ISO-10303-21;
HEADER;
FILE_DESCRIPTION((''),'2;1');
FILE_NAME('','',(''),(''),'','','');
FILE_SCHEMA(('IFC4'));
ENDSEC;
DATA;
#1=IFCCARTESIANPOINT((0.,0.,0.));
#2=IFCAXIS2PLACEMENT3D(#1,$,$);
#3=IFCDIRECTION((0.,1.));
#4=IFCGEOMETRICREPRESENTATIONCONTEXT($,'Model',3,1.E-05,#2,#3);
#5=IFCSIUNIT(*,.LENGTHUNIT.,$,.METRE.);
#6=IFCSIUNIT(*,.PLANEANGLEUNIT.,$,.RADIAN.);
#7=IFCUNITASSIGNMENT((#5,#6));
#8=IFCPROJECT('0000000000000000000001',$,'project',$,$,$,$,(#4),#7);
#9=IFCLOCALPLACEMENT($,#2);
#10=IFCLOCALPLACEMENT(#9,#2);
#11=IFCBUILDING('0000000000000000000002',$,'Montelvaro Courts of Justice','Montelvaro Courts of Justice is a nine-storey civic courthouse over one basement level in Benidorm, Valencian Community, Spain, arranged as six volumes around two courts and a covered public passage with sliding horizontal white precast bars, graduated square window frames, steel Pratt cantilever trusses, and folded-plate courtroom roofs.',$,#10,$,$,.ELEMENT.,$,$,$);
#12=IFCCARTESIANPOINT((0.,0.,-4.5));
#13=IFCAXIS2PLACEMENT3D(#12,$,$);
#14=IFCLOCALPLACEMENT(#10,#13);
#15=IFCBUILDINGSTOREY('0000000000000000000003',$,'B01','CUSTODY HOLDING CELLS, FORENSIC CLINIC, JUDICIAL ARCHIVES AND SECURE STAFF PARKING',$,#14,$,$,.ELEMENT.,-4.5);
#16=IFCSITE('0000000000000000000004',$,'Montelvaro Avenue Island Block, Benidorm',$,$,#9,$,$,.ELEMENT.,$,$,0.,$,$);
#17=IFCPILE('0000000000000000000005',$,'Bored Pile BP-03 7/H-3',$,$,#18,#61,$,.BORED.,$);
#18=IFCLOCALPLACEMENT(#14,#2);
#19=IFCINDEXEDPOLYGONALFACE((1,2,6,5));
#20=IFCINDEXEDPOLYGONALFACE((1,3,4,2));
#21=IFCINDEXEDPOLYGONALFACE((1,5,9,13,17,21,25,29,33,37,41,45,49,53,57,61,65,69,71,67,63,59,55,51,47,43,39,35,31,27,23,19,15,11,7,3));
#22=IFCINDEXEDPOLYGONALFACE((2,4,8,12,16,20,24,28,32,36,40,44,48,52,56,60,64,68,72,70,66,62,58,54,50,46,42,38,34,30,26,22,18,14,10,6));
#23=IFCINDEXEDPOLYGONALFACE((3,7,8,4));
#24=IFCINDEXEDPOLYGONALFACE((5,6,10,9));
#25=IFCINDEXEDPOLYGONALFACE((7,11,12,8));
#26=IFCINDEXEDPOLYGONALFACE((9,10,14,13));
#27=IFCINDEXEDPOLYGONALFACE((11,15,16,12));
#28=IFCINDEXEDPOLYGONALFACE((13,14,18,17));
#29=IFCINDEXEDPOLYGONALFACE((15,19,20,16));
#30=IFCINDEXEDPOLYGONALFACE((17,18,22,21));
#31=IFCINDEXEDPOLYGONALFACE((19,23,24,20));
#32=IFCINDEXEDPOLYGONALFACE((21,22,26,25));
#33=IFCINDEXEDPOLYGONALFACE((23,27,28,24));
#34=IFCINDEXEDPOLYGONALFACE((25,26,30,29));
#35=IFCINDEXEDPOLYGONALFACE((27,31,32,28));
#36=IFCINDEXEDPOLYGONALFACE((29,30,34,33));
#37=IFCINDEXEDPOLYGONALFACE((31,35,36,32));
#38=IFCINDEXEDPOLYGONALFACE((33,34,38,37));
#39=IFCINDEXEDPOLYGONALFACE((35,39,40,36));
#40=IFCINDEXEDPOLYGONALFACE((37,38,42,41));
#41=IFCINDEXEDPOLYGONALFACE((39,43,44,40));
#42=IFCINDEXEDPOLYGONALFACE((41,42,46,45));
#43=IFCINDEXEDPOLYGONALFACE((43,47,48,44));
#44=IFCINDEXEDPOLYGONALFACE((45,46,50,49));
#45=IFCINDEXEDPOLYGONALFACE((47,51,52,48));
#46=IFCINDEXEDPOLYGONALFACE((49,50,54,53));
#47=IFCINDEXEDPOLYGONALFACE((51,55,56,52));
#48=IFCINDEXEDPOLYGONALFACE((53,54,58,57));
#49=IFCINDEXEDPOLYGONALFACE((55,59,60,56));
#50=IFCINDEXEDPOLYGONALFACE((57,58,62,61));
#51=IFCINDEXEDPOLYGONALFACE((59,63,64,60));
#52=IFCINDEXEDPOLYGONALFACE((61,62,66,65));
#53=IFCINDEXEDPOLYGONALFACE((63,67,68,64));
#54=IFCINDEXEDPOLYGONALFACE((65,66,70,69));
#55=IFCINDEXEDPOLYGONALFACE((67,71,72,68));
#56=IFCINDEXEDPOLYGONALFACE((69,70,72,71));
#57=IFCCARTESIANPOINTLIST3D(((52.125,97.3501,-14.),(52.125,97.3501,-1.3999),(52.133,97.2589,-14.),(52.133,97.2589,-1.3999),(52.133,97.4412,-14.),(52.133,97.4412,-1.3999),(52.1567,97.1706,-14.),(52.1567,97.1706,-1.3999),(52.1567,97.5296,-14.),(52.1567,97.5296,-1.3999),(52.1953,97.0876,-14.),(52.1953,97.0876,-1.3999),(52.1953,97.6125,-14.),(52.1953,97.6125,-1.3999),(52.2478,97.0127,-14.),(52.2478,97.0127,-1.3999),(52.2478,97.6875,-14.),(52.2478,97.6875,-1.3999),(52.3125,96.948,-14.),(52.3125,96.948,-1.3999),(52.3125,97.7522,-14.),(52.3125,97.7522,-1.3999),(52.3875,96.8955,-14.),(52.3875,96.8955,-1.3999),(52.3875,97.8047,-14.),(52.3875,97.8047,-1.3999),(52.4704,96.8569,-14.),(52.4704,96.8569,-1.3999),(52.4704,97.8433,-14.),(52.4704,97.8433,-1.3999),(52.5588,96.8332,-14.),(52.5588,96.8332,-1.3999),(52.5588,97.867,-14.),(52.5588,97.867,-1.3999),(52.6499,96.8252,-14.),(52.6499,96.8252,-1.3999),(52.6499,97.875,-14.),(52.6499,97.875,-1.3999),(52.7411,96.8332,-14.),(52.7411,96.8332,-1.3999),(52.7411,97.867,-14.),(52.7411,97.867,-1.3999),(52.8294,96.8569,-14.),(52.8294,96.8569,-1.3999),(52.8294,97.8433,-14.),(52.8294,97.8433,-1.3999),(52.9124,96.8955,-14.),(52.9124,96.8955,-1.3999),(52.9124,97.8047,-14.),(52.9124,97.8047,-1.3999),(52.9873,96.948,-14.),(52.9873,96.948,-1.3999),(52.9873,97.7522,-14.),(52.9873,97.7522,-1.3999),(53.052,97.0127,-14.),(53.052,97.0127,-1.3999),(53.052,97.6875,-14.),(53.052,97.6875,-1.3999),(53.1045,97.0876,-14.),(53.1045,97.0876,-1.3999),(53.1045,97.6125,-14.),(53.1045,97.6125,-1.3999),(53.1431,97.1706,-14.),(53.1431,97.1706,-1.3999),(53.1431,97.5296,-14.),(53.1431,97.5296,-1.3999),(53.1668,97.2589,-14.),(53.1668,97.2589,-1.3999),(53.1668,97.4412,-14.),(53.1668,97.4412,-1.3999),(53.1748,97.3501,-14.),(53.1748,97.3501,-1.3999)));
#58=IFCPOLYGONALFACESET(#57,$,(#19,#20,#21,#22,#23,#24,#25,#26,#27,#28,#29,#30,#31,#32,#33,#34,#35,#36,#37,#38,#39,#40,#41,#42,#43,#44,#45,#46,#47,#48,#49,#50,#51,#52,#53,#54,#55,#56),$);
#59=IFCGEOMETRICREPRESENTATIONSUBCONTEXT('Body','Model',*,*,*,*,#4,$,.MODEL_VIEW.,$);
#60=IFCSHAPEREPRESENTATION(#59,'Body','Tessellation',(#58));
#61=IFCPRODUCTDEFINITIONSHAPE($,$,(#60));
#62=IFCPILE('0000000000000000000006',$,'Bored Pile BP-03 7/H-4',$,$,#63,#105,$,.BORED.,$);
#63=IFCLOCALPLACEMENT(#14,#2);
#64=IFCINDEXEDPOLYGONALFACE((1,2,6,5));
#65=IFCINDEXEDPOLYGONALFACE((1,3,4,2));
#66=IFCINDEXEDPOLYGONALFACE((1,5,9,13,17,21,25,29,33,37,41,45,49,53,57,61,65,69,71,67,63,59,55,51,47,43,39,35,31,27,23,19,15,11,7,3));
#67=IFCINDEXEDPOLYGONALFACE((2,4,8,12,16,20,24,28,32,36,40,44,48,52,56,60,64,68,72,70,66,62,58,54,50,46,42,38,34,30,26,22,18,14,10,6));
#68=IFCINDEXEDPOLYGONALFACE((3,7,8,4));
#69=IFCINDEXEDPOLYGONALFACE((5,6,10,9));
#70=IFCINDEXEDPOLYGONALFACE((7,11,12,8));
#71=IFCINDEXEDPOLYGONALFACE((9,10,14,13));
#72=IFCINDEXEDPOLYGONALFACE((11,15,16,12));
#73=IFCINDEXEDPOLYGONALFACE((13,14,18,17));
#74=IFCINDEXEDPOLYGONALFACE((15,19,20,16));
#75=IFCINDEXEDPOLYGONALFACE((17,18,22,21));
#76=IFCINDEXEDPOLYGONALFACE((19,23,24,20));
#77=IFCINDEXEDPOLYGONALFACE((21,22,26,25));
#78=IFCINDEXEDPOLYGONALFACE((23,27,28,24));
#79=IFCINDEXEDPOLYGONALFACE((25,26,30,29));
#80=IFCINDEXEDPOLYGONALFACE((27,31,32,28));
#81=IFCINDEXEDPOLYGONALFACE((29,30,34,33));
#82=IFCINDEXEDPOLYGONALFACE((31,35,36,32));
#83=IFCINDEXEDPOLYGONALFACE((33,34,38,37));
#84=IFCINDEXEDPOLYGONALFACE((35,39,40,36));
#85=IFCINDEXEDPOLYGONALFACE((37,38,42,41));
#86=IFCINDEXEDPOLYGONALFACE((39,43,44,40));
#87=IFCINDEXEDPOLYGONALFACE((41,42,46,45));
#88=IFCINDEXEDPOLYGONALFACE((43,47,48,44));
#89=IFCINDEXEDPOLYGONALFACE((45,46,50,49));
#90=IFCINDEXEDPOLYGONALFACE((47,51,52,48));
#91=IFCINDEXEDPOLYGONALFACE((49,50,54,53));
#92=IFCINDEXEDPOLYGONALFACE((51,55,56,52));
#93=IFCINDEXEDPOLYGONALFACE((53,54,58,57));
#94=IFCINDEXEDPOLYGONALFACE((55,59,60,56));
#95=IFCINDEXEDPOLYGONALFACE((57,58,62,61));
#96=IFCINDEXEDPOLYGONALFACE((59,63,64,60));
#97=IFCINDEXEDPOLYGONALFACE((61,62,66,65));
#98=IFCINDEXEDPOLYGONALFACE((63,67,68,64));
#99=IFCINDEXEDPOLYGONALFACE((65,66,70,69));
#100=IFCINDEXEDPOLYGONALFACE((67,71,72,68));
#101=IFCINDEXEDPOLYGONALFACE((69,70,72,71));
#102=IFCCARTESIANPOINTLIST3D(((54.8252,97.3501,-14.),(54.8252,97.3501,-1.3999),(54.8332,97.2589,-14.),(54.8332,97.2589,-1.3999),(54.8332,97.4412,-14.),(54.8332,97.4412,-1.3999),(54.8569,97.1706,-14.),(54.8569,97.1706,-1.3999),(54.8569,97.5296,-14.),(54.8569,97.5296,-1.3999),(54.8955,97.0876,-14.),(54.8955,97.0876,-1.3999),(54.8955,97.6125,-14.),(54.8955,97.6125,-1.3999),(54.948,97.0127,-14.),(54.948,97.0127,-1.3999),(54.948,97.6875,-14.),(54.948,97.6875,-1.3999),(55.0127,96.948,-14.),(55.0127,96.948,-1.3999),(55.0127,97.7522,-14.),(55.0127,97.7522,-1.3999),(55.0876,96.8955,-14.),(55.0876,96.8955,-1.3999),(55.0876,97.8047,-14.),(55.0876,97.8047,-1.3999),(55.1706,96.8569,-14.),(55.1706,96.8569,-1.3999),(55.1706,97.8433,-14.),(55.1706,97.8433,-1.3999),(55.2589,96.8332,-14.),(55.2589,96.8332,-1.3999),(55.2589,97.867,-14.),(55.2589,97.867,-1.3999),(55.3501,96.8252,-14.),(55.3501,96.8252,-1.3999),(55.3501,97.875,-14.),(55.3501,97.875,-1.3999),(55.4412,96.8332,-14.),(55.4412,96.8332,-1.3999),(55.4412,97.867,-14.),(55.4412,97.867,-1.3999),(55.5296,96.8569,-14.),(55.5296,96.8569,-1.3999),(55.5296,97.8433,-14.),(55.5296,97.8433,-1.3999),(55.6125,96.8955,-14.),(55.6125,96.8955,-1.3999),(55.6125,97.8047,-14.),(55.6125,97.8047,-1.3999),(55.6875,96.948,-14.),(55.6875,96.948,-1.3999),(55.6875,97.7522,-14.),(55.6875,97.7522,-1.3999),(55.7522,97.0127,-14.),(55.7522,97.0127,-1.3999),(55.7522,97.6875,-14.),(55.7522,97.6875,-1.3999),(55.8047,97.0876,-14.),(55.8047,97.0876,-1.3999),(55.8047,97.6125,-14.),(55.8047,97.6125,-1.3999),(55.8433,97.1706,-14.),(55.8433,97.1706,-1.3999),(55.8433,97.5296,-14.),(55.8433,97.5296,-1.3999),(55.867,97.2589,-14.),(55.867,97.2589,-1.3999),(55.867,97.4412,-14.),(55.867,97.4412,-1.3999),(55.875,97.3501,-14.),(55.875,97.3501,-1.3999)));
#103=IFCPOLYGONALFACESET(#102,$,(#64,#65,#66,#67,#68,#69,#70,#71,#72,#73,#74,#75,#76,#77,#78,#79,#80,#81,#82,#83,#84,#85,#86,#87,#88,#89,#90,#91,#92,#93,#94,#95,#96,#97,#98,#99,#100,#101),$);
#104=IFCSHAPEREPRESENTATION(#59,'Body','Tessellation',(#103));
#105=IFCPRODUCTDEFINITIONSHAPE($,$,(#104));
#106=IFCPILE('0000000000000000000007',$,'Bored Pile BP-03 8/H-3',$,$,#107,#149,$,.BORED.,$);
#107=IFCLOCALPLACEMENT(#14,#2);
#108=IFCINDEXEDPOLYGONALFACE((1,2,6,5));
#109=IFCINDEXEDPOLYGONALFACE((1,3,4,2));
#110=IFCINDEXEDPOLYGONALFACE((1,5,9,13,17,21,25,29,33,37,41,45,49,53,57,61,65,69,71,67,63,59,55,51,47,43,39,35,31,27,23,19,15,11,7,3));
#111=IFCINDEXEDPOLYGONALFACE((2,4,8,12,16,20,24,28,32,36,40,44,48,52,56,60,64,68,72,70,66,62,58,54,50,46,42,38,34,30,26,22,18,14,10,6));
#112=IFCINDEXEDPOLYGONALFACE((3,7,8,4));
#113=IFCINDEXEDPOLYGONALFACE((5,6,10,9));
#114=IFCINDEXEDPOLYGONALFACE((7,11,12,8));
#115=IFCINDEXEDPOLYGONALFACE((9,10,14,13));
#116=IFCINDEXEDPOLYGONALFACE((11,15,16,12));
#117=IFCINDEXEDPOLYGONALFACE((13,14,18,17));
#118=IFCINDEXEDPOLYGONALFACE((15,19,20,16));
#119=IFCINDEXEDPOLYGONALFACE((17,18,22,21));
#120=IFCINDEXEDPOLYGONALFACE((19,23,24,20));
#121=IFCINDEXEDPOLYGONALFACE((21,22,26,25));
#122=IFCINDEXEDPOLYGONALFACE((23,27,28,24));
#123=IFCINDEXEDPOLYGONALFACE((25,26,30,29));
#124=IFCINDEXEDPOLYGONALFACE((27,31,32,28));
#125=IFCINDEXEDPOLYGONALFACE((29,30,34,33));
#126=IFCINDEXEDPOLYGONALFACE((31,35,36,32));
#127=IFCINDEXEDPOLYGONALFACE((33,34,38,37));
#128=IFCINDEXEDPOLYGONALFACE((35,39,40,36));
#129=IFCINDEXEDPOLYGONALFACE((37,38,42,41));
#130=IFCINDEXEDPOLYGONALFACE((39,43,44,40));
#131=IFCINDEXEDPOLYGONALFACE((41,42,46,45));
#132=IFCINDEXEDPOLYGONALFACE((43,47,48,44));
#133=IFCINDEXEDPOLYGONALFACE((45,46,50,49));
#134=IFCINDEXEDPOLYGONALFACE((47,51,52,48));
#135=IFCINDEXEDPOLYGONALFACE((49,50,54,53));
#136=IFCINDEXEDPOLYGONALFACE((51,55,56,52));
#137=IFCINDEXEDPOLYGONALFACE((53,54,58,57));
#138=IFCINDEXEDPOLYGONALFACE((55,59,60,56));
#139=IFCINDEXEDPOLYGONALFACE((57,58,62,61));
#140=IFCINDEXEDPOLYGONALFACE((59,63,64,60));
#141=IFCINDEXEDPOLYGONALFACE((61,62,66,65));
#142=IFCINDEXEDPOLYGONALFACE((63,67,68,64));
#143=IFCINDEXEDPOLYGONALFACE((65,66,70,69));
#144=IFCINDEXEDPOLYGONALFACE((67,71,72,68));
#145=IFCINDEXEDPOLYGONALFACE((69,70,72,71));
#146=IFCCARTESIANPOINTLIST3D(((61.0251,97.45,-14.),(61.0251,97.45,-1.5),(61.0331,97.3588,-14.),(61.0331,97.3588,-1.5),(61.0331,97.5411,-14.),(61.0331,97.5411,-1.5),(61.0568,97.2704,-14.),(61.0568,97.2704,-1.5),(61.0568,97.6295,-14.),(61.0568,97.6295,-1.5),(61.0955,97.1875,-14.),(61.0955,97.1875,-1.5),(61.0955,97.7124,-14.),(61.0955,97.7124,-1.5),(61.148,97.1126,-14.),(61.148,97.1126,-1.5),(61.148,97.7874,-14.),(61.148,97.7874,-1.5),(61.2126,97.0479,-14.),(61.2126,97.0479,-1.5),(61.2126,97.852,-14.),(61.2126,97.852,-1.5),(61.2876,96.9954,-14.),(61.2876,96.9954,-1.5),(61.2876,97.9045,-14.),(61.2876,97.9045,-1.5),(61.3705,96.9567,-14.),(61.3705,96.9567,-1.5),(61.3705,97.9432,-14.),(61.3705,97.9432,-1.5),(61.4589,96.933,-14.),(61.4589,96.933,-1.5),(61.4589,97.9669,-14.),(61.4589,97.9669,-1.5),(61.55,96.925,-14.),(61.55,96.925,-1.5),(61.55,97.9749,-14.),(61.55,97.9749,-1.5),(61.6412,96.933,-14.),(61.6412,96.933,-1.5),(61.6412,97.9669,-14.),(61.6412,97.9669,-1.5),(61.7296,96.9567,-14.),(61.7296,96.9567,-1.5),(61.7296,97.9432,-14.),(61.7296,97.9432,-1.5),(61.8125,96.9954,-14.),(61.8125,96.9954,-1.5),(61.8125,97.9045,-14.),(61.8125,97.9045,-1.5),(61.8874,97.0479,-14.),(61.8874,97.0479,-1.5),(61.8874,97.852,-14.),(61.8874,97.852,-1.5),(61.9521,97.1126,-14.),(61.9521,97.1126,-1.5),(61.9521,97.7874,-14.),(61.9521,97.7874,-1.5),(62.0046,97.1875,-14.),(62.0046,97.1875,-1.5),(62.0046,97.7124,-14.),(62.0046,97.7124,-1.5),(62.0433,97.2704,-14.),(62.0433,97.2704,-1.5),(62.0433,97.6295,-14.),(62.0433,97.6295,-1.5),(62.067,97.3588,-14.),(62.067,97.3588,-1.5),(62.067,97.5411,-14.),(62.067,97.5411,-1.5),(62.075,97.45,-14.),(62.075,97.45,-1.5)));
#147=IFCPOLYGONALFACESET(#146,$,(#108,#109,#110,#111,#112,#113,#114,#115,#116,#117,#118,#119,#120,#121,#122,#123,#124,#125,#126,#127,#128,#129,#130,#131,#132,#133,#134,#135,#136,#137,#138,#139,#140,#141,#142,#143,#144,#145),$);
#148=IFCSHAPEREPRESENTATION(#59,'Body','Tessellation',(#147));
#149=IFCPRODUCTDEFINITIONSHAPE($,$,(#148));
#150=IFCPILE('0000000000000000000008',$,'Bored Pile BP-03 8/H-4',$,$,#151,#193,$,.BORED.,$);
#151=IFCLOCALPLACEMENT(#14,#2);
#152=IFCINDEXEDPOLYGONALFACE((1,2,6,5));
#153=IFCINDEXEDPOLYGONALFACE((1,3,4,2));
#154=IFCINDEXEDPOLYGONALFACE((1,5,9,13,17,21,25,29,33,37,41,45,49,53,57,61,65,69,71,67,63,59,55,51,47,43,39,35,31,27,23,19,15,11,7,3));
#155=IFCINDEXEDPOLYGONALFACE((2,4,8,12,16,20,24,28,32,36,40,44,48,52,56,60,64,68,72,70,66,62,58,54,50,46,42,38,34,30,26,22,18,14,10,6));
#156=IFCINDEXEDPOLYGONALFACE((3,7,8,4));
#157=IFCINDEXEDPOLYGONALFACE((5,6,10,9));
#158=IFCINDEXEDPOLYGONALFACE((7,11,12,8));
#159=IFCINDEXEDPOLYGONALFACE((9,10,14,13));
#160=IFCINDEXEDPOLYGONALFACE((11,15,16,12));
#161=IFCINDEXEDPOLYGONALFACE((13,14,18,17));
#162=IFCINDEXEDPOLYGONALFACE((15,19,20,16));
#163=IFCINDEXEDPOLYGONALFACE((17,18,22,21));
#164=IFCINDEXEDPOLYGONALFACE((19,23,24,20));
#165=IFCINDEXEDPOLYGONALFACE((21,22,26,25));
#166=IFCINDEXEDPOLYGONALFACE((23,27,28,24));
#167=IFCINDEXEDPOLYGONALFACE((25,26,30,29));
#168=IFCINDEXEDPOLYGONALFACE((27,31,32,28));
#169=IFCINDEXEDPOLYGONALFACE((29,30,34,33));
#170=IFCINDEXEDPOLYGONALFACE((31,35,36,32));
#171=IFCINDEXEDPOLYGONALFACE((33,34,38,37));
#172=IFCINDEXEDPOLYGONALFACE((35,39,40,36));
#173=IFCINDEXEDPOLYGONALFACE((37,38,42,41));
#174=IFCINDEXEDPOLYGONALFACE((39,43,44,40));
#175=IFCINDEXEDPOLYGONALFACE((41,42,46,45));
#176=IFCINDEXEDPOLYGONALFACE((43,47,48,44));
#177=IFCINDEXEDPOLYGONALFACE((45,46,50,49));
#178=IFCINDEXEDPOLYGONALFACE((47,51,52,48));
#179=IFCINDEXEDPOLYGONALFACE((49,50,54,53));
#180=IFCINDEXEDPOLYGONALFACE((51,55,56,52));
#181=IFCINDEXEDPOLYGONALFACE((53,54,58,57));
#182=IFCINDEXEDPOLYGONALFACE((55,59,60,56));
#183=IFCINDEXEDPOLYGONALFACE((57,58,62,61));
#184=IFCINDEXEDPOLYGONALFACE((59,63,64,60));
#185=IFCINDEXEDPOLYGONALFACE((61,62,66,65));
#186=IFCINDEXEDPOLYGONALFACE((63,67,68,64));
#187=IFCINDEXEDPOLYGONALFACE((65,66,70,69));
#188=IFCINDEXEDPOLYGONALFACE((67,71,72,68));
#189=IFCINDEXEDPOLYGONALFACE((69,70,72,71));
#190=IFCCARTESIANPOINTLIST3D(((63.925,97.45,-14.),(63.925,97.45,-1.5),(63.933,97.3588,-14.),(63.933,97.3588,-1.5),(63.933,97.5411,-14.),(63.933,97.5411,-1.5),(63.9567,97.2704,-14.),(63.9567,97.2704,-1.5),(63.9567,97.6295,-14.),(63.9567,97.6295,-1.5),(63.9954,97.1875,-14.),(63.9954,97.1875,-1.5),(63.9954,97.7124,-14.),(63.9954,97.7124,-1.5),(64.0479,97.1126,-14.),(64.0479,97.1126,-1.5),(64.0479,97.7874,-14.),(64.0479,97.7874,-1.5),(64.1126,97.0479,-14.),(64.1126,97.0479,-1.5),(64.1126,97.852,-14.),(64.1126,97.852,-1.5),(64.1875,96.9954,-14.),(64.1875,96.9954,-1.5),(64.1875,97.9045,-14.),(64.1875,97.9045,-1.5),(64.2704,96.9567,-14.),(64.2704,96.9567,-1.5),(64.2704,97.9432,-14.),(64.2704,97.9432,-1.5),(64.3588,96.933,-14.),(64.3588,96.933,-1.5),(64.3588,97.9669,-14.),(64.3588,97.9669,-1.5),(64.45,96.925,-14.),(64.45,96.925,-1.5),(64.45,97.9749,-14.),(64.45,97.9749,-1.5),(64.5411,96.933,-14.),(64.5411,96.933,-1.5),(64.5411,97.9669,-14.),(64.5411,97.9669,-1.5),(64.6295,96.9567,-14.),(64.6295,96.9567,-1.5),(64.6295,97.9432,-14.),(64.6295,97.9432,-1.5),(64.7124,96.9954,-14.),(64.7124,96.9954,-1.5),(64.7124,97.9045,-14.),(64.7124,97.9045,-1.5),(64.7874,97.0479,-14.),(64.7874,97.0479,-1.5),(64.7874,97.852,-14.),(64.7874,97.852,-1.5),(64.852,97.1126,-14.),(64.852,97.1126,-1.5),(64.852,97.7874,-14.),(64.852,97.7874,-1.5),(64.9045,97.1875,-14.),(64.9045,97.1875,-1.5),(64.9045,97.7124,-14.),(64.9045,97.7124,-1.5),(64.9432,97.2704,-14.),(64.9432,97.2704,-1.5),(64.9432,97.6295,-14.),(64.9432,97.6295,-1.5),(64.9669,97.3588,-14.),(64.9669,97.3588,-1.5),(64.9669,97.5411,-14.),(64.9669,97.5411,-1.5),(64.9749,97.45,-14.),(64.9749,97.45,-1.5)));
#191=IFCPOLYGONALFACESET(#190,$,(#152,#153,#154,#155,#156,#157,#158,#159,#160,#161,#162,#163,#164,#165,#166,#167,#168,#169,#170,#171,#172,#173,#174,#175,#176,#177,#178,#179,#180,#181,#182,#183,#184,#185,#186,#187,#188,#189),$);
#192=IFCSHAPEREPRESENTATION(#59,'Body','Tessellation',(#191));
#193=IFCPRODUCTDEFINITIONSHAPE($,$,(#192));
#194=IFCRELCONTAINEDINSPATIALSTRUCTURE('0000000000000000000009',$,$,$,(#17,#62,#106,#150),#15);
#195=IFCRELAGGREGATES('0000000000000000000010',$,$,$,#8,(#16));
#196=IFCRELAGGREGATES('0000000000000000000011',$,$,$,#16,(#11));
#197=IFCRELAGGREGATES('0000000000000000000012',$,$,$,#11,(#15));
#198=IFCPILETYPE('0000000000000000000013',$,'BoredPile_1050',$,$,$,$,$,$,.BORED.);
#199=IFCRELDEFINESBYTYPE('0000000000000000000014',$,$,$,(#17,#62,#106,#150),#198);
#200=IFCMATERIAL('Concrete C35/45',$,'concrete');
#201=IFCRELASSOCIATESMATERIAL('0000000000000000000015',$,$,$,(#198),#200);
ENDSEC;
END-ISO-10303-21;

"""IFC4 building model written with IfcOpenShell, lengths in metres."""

from ifc_helpers import new_model, si_unit, direction, frame, origin, origin_2d, place, context, subcontext, project, spatial, circle, extrude, material, material_profile, profile_set, type_object, element, save


model = new_model("IFC4")

# Units and contexts
model_context = context("Model", 3, precision=1e-05, world=origin(), true_north=direction((0.0, 1.0)))
body_context = subcontext(model_context, "Body", "Model", "MODEL_VIEW")
ifc_project = project(units=[si_unit("LENGTHUNIT", "METRE"), si_unit("PLANEANGLEUNIT", "RADIAN")], contexts=[model_context])

# Site, building, storey
site_placement = place(None, origin())
site = spatial("IfcSite", under=ifc_project, at=site_placement, Name="Montelvaro Avenue Island Block, Benidorm", CompositionType="ELEMENT", RefElevation=0.0)
building_placement = place(site_placement, origin())
building = spatial("IfcBuilding", under=site, at=building_placement, Name="Montelvaro Courts of Justice", Description="Montelvaro Courts of Justice is a nine-storey civic courthouse over one basement level in Benidorm, Valencian Community, Spain, arranged as six volumes around two courts and a covered public passage with sliding horizontal white precast bars, graduated square window frames, steel Pratt cantilever trusses, and folded-plate courtroom roofs.", CompositionType="ELEMENT")
storey_placement = place(building_placement, frame((0.0, 0.0, -4.5)))
storey = spatial("IfcBuildingStorey", under=building, at=storey_placement, Name="B01", Description="CUSTODY HOLDING CELLS, FORENSIC CLINIC, JUDICIAL ARCHIVES AND SECURE STAFF PARKING", CompositionType="ELEMENT", Elevation=-4.5)

# Piles
ifc_material_1 = material(Name="Concrete C35/45", Category="concrete")
ifc_material_profile_1 = material_profile(ifc_material_1, circle(Radius=0.5249, at=origin_2d()), Name="BORED PILE D1050")
ifc_profile_set_1 = profile_set([ifc_material_profile_1], Name="Concrete C35/45")
pile_type_1 = type_object("IfcPileType", Name="BoredPile_1050", PredefinedType="BORED", material=ifc_profile_set_1)
for number, where, z_axis, x_axis, name in (
    (1, (52.6499, 97.3501, -1.3999), (0.0, 0.0, -1.0), (1.0, 0.0, 0.0), "Bored Pile BP-03 7/H-3"),
    (2, (55.3501, 97.3501, -1.3999), (0.0, 0.0, -1.0), (1.0, 0.0, 0.0), "Bored Pile BP-03 7/H-4"),
):
    element("IfcPile", number, at=place(storey_placement, frame(where, z_axis=z_axis, x_axis=x_axis)), inside=storey, type_object=pile_type_1, Name=name, PredefinedType="BORED", context=body_context, shape_type="SweptSolid", body=[
        extrude(circle(Radius=0.5249, at=origin_2d()), origin(), (0.0, 0.0, 1.0), 12.6001),
    ])
for number, where, z_axis, x_axis, name in (
    (3, (61.55, 97.45, -1.5), (0.0, 0.0, -1.0), (1.0, 0.0, 0.0), "Bored Pile BP-03 8/H-3"),
    (4, (64.45, 97.45, -1.5), (0.0, 0.0, -1.0), (1.0, 0.0, 0.0), "Bored Pile BP-03 8/H-4"),
):
    element("IfcPile", number, at=place(storey_placement, frame(where, z_axis=z_axis, x_axis=x_axis)), inside=storey, type_object=pile_type_1, Name=name, PredefinedType="BORED", context=body_context, shape_type="SweptSolid", body=[
        extrude(circle(Radius=0.5249, at=origin_2d()), origin(), (0.0, 0.0, 1.0), 12.5),
    ])

save(model, "model.ifc")
